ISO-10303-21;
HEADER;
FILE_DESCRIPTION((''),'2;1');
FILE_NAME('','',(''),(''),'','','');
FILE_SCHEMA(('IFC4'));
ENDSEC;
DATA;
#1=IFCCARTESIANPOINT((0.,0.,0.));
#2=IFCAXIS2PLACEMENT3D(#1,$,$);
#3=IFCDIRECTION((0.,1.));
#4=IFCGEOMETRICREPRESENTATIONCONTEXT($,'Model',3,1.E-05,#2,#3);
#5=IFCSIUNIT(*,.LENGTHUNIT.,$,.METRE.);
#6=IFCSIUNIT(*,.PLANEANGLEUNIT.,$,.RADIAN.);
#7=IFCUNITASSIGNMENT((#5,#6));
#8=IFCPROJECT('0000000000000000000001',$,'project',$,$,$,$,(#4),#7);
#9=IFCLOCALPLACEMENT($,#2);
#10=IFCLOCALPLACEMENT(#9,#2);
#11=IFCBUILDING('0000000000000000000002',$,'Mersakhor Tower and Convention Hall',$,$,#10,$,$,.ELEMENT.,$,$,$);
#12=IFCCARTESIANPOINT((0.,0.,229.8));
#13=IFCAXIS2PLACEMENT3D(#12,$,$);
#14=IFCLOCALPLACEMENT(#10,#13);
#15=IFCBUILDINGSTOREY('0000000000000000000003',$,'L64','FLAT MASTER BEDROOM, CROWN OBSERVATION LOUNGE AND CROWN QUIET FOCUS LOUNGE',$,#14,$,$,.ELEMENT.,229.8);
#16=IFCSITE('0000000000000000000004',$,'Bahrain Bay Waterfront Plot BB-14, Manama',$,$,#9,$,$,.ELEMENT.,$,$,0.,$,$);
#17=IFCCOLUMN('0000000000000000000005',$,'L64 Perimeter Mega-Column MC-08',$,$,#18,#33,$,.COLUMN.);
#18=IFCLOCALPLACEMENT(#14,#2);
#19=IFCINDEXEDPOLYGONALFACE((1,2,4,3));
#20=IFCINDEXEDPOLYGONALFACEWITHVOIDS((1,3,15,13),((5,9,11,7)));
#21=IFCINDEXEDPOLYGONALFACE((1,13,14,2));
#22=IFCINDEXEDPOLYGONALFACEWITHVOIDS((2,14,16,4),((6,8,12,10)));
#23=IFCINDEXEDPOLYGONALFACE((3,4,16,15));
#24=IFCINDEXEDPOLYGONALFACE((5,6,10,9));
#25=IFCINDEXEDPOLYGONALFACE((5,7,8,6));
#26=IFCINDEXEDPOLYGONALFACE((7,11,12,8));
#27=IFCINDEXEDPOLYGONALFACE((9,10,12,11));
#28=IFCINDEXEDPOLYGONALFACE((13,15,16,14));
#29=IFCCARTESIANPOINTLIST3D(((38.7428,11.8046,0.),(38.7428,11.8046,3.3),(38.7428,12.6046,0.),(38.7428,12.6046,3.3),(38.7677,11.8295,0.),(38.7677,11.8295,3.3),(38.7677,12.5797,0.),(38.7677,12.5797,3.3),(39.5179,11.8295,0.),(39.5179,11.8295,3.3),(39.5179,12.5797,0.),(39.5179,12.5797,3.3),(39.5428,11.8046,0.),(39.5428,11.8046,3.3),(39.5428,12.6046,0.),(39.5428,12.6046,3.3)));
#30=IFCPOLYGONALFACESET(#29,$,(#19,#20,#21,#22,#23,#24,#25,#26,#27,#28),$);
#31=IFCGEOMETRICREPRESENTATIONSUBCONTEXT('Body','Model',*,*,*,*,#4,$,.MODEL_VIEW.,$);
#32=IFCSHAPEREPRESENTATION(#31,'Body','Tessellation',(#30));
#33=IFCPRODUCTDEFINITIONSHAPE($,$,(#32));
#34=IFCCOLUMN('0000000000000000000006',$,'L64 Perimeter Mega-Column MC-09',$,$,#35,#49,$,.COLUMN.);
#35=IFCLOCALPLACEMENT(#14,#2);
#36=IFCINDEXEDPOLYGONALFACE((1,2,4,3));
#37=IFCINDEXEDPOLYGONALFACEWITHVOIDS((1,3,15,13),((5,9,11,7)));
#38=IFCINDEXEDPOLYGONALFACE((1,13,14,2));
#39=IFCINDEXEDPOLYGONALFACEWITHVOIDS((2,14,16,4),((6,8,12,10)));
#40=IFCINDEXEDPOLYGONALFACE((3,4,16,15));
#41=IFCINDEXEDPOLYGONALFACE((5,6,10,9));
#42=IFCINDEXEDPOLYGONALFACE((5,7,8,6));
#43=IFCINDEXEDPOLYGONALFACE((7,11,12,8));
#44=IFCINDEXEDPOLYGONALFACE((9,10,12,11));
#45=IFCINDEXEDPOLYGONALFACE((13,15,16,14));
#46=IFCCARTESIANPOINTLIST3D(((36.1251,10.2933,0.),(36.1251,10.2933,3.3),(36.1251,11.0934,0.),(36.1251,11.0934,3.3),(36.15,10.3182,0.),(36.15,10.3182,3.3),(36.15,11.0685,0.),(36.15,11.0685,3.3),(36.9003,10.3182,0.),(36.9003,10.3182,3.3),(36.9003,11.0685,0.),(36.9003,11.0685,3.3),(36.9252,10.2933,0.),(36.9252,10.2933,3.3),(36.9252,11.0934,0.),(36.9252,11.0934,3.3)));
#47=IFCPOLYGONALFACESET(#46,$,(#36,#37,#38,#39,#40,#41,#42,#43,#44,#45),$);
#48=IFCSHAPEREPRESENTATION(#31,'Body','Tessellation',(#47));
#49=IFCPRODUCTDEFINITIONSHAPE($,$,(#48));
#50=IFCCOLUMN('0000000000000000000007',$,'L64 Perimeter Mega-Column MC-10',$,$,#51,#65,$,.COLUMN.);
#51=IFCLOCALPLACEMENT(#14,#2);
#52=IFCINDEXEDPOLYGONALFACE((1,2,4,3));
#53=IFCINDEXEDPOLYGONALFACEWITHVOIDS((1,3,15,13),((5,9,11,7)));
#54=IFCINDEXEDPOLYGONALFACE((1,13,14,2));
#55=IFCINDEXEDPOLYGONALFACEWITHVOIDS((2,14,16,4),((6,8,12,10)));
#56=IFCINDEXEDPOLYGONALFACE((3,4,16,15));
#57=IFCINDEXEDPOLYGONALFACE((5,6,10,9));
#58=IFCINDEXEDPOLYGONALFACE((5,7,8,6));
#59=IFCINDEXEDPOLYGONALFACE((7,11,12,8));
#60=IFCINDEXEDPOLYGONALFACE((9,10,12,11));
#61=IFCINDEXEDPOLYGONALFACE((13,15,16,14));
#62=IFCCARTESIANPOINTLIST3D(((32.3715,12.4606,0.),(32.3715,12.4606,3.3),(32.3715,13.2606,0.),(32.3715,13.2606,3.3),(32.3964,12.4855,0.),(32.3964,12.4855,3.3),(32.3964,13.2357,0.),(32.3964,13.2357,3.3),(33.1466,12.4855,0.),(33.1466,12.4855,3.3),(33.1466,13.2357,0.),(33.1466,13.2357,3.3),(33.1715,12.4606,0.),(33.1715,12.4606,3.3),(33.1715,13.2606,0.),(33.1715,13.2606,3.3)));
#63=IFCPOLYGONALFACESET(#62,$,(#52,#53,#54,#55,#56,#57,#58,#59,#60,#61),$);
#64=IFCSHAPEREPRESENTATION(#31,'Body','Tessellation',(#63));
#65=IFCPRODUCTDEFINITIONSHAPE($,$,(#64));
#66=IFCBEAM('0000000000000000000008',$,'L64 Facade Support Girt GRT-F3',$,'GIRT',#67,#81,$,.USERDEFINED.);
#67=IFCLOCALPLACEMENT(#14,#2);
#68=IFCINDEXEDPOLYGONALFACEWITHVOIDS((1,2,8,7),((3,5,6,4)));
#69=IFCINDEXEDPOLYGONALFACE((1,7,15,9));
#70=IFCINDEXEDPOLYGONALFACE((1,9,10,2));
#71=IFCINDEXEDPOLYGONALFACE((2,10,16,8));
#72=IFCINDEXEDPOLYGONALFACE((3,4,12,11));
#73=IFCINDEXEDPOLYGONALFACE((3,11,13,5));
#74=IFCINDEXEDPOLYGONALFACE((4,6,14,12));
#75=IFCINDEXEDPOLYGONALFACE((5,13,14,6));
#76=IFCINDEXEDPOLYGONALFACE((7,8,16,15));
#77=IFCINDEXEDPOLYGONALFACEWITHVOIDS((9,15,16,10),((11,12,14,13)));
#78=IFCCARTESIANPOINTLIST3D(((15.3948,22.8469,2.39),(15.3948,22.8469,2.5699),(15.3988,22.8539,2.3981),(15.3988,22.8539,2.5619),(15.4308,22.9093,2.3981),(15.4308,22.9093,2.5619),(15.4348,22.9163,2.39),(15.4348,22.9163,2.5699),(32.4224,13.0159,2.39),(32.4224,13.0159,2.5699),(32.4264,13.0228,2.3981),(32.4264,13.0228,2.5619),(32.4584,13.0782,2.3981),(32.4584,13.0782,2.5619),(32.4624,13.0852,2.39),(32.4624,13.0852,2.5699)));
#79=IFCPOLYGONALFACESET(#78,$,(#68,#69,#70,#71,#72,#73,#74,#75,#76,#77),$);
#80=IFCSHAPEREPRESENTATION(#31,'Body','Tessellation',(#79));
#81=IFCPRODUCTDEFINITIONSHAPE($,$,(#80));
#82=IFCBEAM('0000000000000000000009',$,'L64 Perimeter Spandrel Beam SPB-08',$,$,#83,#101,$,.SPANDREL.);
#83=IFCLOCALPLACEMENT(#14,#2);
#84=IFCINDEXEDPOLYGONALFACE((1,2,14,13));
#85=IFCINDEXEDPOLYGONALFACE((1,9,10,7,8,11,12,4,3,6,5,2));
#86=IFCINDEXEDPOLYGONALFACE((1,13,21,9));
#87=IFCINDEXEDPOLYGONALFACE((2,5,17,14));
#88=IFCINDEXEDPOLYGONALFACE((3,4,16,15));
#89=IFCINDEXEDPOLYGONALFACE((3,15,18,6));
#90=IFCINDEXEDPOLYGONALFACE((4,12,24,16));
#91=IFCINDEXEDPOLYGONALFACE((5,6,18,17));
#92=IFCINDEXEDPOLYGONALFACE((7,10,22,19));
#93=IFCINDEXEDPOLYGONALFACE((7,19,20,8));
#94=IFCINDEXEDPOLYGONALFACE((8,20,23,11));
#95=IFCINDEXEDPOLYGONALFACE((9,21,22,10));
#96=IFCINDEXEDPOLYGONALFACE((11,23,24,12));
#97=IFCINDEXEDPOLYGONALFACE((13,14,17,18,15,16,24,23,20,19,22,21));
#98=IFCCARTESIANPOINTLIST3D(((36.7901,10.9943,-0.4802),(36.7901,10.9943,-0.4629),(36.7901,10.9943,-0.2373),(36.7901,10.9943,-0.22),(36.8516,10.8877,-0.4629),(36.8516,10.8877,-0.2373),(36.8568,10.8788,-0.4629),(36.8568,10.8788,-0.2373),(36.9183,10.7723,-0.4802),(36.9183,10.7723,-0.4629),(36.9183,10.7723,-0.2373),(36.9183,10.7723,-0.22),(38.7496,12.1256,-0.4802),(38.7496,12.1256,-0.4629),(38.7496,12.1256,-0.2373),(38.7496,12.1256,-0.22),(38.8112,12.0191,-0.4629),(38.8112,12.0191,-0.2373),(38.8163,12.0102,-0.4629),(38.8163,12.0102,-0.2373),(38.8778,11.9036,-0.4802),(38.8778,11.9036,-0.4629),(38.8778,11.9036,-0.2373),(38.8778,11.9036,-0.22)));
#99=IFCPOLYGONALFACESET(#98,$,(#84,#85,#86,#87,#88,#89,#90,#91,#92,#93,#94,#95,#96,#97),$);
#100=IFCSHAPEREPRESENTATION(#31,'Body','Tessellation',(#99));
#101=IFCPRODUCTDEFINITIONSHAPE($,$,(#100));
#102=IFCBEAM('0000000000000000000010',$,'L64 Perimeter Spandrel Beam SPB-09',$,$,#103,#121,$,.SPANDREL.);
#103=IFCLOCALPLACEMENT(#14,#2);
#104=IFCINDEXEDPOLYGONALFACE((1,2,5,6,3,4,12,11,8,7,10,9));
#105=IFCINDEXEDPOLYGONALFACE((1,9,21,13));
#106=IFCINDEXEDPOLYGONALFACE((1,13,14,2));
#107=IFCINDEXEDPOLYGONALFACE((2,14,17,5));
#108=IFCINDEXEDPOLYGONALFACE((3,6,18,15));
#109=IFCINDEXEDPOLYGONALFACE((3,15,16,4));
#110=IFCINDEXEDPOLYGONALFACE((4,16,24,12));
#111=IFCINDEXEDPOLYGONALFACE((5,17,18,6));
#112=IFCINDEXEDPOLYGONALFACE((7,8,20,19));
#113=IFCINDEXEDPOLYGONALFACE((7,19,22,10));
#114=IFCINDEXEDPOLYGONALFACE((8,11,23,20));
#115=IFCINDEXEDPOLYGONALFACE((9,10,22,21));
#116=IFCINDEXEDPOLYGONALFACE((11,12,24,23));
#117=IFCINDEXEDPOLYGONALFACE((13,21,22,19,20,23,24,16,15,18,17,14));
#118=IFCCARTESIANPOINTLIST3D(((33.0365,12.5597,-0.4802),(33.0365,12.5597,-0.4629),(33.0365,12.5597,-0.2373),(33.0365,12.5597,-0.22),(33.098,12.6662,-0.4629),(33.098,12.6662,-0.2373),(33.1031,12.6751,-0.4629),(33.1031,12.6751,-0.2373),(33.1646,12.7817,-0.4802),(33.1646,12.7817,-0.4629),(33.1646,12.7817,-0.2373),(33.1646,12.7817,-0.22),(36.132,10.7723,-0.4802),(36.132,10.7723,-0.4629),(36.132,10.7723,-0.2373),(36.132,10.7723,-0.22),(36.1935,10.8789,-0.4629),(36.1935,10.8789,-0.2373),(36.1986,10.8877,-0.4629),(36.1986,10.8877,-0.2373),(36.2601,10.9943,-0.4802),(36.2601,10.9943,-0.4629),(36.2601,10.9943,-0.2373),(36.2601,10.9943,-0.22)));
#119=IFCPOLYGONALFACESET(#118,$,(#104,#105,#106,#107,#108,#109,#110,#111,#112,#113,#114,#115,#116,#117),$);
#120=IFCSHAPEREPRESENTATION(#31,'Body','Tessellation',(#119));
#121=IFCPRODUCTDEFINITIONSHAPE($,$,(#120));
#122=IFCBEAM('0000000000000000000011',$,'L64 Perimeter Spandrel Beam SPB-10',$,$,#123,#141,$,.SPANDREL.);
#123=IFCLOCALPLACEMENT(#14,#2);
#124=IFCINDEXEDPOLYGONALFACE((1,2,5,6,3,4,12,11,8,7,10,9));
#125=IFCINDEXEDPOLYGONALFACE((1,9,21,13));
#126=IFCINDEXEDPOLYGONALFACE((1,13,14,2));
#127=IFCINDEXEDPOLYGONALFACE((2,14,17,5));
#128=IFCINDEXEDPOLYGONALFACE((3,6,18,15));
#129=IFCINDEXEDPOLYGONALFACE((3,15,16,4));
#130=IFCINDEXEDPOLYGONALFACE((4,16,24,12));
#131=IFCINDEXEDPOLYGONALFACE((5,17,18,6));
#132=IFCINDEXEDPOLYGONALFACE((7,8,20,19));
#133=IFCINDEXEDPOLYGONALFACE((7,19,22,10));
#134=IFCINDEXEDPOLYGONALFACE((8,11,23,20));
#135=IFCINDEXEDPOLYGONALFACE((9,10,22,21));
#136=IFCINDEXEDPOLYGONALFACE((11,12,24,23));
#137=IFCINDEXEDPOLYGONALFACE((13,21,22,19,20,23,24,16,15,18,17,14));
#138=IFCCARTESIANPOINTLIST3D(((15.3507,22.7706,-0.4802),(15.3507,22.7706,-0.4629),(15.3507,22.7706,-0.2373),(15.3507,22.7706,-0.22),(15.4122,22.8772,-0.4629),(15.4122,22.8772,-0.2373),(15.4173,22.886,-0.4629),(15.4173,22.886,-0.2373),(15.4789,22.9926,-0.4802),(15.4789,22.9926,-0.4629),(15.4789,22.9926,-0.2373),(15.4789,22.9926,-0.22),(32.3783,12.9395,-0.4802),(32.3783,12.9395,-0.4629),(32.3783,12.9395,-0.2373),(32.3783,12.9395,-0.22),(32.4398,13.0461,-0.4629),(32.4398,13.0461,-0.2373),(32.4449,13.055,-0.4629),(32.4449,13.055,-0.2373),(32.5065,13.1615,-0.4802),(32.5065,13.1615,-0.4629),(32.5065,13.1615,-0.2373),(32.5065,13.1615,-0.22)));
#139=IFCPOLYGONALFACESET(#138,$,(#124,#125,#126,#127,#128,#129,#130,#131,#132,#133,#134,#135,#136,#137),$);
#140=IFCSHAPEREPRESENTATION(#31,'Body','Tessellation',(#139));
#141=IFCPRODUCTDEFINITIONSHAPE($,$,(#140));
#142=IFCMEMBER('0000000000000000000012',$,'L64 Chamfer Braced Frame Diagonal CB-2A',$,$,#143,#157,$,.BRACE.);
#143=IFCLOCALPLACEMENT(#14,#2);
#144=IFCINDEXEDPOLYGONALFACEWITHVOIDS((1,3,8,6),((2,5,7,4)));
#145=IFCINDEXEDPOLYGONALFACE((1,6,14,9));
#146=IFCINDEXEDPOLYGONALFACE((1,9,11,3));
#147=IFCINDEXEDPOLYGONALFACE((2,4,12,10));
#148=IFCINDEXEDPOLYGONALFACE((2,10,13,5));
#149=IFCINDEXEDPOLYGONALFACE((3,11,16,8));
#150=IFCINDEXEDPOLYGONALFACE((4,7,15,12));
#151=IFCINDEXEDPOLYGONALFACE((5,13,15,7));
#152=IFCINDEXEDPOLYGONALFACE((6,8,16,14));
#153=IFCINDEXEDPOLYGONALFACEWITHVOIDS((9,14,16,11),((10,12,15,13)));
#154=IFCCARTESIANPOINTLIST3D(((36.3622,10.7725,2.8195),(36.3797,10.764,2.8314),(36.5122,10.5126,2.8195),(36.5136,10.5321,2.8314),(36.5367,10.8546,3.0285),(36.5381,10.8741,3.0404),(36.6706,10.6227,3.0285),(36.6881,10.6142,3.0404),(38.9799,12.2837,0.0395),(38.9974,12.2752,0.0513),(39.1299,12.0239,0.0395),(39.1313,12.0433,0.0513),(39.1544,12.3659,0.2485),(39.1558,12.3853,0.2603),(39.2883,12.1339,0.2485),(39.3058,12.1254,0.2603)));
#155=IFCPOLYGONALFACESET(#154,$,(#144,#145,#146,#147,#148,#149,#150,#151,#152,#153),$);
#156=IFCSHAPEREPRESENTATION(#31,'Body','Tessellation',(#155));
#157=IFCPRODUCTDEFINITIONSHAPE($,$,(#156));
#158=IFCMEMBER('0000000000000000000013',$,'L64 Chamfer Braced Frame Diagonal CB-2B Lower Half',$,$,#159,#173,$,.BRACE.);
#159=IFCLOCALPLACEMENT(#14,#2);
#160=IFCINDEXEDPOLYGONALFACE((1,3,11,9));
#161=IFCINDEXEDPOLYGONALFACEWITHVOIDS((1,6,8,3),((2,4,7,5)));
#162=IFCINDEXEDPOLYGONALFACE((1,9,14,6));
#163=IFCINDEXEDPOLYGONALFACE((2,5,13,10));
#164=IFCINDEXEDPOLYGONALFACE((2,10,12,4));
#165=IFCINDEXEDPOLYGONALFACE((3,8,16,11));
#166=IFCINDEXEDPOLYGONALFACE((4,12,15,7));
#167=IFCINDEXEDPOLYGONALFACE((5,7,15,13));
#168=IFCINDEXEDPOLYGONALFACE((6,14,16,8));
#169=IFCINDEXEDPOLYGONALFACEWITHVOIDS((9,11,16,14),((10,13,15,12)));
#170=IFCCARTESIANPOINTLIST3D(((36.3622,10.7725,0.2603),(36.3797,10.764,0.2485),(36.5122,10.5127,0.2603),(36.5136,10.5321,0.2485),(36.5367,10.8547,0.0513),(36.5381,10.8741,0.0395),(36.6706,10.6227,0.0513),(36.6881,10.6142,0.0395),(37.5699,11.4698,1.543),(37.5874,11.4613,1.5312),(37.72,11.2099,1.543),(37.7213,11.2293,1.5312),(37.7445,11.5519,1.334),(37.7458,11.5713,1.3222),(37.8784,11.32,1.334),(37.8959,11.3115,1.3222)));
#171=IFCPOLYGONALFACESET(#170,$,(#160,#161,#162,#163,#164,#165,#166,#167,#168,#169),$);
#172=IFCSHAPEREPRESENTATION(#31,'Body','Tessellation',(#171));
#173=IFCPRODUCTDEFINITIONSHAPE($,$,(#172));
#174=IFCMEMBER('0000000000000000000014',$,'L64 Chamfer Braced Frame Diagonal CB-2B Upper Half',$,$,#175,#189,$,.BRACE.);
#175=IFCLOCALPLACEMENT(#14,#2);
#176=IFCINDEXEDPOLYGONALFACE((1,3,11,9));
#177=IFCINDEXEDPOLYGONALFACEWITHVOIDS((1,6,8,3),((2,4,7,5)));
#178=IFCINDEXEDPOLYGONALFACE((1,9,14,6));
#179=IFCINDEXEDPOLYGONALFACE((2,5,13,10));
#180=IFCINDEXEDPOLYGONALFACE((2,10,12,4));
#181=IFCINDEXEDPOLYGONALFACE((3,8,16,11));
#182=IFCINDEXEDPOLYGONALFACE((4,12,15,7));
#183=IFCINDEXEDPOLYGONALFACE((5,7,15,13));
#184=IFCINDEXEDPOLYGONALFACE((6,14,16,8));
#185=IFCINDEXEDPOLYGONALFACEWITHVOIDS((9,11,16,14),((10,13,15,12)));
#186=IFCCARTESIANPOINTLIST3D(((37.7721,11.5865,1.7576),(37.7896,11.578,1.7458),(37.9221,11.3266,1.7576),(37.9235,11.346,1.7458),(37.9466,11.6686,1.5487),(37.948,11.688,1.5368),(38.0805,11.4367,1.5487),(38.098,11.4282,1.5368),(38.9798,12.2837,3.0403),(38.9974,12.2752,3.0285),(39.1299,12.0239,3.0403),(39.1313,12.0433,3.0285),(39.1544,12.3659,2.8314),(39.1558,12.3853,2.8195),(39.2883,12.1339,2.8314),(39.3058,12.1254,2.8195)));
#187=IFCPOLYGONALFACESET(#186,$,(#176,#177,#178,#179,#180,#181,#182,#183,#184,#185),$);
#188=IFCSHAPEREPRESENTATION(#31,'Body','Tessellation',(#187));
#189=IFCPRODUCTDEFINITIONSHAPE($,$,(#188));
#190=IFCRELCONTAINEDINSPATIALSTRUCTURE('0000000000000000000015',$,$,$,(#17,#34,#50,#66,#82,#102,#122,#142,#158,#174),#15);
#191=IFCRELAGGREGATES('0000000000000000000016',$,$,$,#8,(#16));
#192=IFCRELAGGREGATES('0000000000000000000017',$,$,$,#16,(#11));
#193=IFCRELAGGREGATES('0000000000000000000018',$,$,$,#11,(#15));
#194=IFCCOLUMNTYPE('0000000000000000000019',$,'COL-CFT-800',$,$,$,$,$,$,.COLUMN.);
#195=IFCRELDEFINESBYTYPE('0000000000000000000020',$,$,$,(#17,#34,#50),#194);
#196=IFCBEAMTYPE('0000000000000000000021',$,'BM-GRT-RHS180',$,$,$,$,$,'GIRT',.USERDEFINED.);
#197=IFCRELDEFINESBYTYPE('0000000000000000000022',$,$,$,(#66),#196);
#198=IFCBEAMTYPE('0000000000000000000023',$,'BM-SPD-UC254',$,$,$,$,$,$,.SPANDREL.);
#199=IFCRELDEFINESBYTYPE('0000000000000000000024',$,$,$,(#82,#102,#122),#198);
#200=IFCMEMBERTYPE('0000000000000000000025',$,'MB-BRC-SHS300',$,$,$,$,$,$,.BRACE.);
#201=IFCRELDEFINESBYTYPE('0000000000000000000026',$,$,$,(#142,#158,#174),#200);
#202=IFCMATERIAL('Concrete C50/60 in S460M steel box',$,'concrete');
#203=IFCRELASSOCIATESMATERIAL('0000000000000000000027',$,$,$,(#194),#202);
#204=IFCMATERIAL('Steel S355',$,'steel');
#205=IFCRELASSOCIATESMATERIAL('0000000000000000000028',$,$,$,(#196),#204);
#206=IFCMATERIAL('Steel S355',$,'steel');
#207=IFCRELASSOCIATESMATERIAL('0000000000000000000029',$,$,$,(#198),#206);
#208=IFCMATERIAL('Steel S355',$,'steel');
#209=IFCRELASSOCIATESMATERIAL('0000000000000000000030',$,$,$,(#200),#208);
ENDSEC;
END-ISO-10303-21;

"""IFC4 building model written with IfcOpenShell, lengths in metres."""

from ifc_helpers import new_model, si_unit, direction, frame, origin, origin_2d, place, context, subcontext, project, spatial, hollow_rectangle, i_section, extrude, material, material_profile, profile_set, type_object, element, save


model = new_model("IFC4")

# Units and contexts
model_context = context("Model", 3, precision=1e-05, world=origin(), true_north=direction((0.0, 1.0)))
body_context = subcontext(model_context, "Body", "Model", "MODEL_VIEW")
ifc_project = project(units=[si_unit("LENGTHUNIT", "METRE"), si_unit("PLANEANGLEUNIT", "RADIAN")], contexts=[model_context])

# Site, building, storey
site_placement = place(None, origin())
site = spatial("IfcSite", under=ifc_project, at=site_placement, Name="Bahrain Bay Waterfront Plot BB-14, Manama", CompositionType="ELEMENT", RefElevation=0.0)
building_placement = place(site_placement, origin())
building = spatial("IfcBuilding", under=site, at=building_placement, Name="Mersakhor Tower and Convention Hall", CompositionType="ELEMENT")
storey_placement = place(building_placement, frame((0.0, 0.0, 229.8)))
storey = spatial("IfcBuildingStorey", under=building, at=storey_placement, Name="L64", Description="FLAT MASTER BEDROOM, CROWN OBSERVATION LOUNGE AND CROWN QUIET FOCUS LOUNGE", CompositionType="ELEMENT", Elevation=229.8)

# Columns
ifc_material_1 = material(Name="Concrete C50/60 in S460M steel box", Category="concrete")
ifc_material_profile_1 = material_profile(ifc_material_1, hollow_rectangle(XDim=0.8, YDim=0.8, WallThickness=0.0249, at=origin_2d()), Name="SHS 800x800x25")
ifc_profile_set_1 = profile_set([ifc_material_profile_1], Name="Concrete C50/60 in S460M steel box")
column_type = type_object("IfcColumnType", Name="COL-CFT-800", PredefinedType="COLUMN", material=ifc_profile_set_1)
for number, where, z_axis, x_axis, name in (
    (1, (39.1428, 12.2046, 0.0), (0.0, 0.0, 1.0), (1.0, 0.0, 0.0), "L64 Perimeter Mega-Column MC-08"),
    (2, (36.5251, 10.6934, 0.0), (0.0, 0.0, 1.0), (1.0, 0.0, 0.0), "L64 Perimeter Mega-Column MC-09"),
    (3, (32.7715, 12.8606, 0.0), (0.0, 0.0, 1.0), (1.0, 0.0, 0.0), "L64 Perimeter Mega-Column MC-10"),
):
    element("IfcColumn", number, at=place(storey_placement, frame(where, z_axis=z_axis, x_axis=x_axis)), inside=storey, type_object=column_type, Name=name, PredefinedType="COLUMN", context=body_context, shape_type="SweptSolid", body=[
        extrude(hollow_rectangle(XDim=0.8, YDim=0.8, WallThickness=0.0249, at=origin_2d()), origin(), (0.0, 0.0, 1.0), 3.3),
    ])

# Beams
ifc_material_2 = material(Name="Steel S355", Category="steel")
ifc_material_profile_2 = material_profile(ifc_material_2, hollow_rectangle(XDim=0.0801, YDim=0.1799, WallThickness=0.0081, at=origin_2d()), Name="RHS 180x80x8")
ifc_profile_set_2 = profile_set([ifc_material_profile_2], Name="Steel S355")
beam_type_1 = type_object("IfcBeamType", Name="BM-GRT-RHS180", ElementType="GIRT", PredefinedType="USERDEFINED", material=ifc_profile_set_2)
beam_1_placement = place(storey_placement, frame((32.4424, 13.0505, 2.48), z_axis=(-0.866022, 0.500007, 0.0), x_axis=(-0.500007, -0.866022, 0.0)))
element("IfcBeam", 4, at=beam_1_placement, inside=storey, type_object=beam_type_1, Name="L64 Facade Support Girt GRT-F3", ObjectType="GIRT", PredefinedType="USERDEFINED", context=body_context, shape_type="SweptSolid", body=[
    extrude(hollow_rectangle(XDim=0.0801, YDim=0.1799, WallThickness=0.0081, at=origin_2d()), origin(), (0.0, 0.0, 1.0), 19.6619),
])
ifc_material_3 = material(Name="Steel S355", Category="steel")
ifc_material_profile_3 = material_profile(ifc_material_3, i_section(OverallWidth=0.2563, OverallDepth=0.2603, WebThickness=0.0103, FlangeThickness=0.0173, at=origin_2d()), Name="UC 254x254x89")
ifc_profile_set_3 = profile_set([ifc_material_profile_3], Name="Steel S355")
beam_type_2 = type_object("IfcBeamType", Name="BM-SPD-UC254", PredefinedType="SPANDREL", material=ifc_profile_set_3)
beam_2_placement = place(storey_placement, frame((38.8137, 12.0146, -0.3501), z_axis=(-0.866017, -0.500015, 0.0), x_axis=(0.500015, -0.866017, 0.0)))
element("IfcBeam", 5, at=beam_2_placement, inside=storey, type_object=beam_type_2, Name="L64 Perimeter Spandrel Beam SPB-08", PredefinedType="SPANDREL", context=body_context, shape_type="SweptSolid", body=[
    extrude(i_section(OverallWidth=0.2563, OverallDepth=0.2603, WebThickness=0.0103, FlangeThickness=0.0173, at=origin_2d()), origin(), (0.0, 0.0, 1.0), 2.2627),
])
beam_3_placement = place(storey_placement, frame((36.196, 10.8833, -0.3501), z_axis=(-0.866002, 0.50004, 0.0), x_axis=(-0.50004, -0.866002, 0.0)))
element("IfcBeam", 6, at=beam_3_placement, inside=storey, type_object=beam_type_2, Name="L64 Perimeter Spandrel Beam SPB-09", PredefinedType="SPANDREL", context=body_context, shape_type="SweptSolid", body=[
    extrude(i_section(OverallWidth=0.2563, OverallDepth=0.2603, WebThickness=0.0103, FlangeThickness=0.0173, at=origin_2d()), origin(), (0.0, 0.0, 1.0), 3.5745),
])
beam_4_placement = place(storey_placement, frame((32.4424, 13.0505, -0.3501), z_axis=(-0.866022, 0.500007, 0.0), x_axis=(-0.500007, -0.866022, 0.0)))
element("IfcBeam", 7, at=beam_4_placement, inside=storey, type_object=beam_type_2, Name="L64 Perimeter Spandrel Beam SPB-10", PredefinedType="SPANDREL", context=body_context, shape_type="SweptSolid", body=[
    extrude(i_section(OverallWidth=0.2563, OverallDepth=0.2603, WebThickness=0.0103, FlangeThickness=0.0173, at=origin_2d()), origin(), (0.0, 0.0, 1.0), 19.6619),
])

# Members
ifc_material_4 = material(Name="Steel S355", Category="steel")
ifc_material_profile_4 = material_profile(ifc_material_4, hollow_rectangle(XDim=0.3, YDim=0.3, WallThickness=0.0161, at=origin_2d()), Name="SHS 300x300x16")
ifc_profile_set_4 = profile_set([ifc_material_profile_4], Name="Steel S355")
member_type = type_object("IfcMemberType", Name="MB-BRC-SHS300", PredefinedType="BRACE", material=ifc_profile_set_4)
member_placement = place(storey_placement, frame((39.1428, 12.2046, 0.1499), z_axis=(-0.637423, -0.367996, 0.676957), x_axis=(0.499979, -0.866038, 0.0)))
element("IfcMember", 8, at=member_placement, inside=storey, type_object=member_type, Name="L64 Chamfer Braced Frame Diagonal CB-2A", PredefinedType="BRACE", context=body_context, shape_type="SweptSolid", body=[
    extrude(hollow_rectangle(XDim=0.3, YDim=0.3, WallThickness=0.0161, at=origin_2d()), origin(), (0.0, 0.0, 1.0), 4.1067),
])
for number, where, z_axis, x_axis, name in (
    (9, (36.5251, 10.6934, 0.1499), (0.637413, 0.367991, 0.676969), (-0.49998, 0.866037, 0.0), "L64 Chamfer Braced Frame Diagonal CB-2B Lower Half"),
    (10, (37.9351, 11.5073, 1.6472), (0.637413, 0.367991, 0.676969), (-0.49998, 0.866037, 0.0), "L64 Chamfer Braced Frame Diagonal CB-2B Upper Half"),
):
    element("IfcMember", number, at=place(storey_placement, frame(where, z_axis=z_axis, x_axis=x_axis)), inside=storey, type_object=member_type, Name=name, PredefinedType="BRACE", context=body_context, shape_type="SweptSolid", body=[
        extrude(hollow_rectangle(XDim=0.3, YDim=0.3, WallThickness=0.0161, at=origin_2d()), origin(), (0.0, 0.0, 1.0), 1.8948),
    ])

save(model, "model.ifc")
